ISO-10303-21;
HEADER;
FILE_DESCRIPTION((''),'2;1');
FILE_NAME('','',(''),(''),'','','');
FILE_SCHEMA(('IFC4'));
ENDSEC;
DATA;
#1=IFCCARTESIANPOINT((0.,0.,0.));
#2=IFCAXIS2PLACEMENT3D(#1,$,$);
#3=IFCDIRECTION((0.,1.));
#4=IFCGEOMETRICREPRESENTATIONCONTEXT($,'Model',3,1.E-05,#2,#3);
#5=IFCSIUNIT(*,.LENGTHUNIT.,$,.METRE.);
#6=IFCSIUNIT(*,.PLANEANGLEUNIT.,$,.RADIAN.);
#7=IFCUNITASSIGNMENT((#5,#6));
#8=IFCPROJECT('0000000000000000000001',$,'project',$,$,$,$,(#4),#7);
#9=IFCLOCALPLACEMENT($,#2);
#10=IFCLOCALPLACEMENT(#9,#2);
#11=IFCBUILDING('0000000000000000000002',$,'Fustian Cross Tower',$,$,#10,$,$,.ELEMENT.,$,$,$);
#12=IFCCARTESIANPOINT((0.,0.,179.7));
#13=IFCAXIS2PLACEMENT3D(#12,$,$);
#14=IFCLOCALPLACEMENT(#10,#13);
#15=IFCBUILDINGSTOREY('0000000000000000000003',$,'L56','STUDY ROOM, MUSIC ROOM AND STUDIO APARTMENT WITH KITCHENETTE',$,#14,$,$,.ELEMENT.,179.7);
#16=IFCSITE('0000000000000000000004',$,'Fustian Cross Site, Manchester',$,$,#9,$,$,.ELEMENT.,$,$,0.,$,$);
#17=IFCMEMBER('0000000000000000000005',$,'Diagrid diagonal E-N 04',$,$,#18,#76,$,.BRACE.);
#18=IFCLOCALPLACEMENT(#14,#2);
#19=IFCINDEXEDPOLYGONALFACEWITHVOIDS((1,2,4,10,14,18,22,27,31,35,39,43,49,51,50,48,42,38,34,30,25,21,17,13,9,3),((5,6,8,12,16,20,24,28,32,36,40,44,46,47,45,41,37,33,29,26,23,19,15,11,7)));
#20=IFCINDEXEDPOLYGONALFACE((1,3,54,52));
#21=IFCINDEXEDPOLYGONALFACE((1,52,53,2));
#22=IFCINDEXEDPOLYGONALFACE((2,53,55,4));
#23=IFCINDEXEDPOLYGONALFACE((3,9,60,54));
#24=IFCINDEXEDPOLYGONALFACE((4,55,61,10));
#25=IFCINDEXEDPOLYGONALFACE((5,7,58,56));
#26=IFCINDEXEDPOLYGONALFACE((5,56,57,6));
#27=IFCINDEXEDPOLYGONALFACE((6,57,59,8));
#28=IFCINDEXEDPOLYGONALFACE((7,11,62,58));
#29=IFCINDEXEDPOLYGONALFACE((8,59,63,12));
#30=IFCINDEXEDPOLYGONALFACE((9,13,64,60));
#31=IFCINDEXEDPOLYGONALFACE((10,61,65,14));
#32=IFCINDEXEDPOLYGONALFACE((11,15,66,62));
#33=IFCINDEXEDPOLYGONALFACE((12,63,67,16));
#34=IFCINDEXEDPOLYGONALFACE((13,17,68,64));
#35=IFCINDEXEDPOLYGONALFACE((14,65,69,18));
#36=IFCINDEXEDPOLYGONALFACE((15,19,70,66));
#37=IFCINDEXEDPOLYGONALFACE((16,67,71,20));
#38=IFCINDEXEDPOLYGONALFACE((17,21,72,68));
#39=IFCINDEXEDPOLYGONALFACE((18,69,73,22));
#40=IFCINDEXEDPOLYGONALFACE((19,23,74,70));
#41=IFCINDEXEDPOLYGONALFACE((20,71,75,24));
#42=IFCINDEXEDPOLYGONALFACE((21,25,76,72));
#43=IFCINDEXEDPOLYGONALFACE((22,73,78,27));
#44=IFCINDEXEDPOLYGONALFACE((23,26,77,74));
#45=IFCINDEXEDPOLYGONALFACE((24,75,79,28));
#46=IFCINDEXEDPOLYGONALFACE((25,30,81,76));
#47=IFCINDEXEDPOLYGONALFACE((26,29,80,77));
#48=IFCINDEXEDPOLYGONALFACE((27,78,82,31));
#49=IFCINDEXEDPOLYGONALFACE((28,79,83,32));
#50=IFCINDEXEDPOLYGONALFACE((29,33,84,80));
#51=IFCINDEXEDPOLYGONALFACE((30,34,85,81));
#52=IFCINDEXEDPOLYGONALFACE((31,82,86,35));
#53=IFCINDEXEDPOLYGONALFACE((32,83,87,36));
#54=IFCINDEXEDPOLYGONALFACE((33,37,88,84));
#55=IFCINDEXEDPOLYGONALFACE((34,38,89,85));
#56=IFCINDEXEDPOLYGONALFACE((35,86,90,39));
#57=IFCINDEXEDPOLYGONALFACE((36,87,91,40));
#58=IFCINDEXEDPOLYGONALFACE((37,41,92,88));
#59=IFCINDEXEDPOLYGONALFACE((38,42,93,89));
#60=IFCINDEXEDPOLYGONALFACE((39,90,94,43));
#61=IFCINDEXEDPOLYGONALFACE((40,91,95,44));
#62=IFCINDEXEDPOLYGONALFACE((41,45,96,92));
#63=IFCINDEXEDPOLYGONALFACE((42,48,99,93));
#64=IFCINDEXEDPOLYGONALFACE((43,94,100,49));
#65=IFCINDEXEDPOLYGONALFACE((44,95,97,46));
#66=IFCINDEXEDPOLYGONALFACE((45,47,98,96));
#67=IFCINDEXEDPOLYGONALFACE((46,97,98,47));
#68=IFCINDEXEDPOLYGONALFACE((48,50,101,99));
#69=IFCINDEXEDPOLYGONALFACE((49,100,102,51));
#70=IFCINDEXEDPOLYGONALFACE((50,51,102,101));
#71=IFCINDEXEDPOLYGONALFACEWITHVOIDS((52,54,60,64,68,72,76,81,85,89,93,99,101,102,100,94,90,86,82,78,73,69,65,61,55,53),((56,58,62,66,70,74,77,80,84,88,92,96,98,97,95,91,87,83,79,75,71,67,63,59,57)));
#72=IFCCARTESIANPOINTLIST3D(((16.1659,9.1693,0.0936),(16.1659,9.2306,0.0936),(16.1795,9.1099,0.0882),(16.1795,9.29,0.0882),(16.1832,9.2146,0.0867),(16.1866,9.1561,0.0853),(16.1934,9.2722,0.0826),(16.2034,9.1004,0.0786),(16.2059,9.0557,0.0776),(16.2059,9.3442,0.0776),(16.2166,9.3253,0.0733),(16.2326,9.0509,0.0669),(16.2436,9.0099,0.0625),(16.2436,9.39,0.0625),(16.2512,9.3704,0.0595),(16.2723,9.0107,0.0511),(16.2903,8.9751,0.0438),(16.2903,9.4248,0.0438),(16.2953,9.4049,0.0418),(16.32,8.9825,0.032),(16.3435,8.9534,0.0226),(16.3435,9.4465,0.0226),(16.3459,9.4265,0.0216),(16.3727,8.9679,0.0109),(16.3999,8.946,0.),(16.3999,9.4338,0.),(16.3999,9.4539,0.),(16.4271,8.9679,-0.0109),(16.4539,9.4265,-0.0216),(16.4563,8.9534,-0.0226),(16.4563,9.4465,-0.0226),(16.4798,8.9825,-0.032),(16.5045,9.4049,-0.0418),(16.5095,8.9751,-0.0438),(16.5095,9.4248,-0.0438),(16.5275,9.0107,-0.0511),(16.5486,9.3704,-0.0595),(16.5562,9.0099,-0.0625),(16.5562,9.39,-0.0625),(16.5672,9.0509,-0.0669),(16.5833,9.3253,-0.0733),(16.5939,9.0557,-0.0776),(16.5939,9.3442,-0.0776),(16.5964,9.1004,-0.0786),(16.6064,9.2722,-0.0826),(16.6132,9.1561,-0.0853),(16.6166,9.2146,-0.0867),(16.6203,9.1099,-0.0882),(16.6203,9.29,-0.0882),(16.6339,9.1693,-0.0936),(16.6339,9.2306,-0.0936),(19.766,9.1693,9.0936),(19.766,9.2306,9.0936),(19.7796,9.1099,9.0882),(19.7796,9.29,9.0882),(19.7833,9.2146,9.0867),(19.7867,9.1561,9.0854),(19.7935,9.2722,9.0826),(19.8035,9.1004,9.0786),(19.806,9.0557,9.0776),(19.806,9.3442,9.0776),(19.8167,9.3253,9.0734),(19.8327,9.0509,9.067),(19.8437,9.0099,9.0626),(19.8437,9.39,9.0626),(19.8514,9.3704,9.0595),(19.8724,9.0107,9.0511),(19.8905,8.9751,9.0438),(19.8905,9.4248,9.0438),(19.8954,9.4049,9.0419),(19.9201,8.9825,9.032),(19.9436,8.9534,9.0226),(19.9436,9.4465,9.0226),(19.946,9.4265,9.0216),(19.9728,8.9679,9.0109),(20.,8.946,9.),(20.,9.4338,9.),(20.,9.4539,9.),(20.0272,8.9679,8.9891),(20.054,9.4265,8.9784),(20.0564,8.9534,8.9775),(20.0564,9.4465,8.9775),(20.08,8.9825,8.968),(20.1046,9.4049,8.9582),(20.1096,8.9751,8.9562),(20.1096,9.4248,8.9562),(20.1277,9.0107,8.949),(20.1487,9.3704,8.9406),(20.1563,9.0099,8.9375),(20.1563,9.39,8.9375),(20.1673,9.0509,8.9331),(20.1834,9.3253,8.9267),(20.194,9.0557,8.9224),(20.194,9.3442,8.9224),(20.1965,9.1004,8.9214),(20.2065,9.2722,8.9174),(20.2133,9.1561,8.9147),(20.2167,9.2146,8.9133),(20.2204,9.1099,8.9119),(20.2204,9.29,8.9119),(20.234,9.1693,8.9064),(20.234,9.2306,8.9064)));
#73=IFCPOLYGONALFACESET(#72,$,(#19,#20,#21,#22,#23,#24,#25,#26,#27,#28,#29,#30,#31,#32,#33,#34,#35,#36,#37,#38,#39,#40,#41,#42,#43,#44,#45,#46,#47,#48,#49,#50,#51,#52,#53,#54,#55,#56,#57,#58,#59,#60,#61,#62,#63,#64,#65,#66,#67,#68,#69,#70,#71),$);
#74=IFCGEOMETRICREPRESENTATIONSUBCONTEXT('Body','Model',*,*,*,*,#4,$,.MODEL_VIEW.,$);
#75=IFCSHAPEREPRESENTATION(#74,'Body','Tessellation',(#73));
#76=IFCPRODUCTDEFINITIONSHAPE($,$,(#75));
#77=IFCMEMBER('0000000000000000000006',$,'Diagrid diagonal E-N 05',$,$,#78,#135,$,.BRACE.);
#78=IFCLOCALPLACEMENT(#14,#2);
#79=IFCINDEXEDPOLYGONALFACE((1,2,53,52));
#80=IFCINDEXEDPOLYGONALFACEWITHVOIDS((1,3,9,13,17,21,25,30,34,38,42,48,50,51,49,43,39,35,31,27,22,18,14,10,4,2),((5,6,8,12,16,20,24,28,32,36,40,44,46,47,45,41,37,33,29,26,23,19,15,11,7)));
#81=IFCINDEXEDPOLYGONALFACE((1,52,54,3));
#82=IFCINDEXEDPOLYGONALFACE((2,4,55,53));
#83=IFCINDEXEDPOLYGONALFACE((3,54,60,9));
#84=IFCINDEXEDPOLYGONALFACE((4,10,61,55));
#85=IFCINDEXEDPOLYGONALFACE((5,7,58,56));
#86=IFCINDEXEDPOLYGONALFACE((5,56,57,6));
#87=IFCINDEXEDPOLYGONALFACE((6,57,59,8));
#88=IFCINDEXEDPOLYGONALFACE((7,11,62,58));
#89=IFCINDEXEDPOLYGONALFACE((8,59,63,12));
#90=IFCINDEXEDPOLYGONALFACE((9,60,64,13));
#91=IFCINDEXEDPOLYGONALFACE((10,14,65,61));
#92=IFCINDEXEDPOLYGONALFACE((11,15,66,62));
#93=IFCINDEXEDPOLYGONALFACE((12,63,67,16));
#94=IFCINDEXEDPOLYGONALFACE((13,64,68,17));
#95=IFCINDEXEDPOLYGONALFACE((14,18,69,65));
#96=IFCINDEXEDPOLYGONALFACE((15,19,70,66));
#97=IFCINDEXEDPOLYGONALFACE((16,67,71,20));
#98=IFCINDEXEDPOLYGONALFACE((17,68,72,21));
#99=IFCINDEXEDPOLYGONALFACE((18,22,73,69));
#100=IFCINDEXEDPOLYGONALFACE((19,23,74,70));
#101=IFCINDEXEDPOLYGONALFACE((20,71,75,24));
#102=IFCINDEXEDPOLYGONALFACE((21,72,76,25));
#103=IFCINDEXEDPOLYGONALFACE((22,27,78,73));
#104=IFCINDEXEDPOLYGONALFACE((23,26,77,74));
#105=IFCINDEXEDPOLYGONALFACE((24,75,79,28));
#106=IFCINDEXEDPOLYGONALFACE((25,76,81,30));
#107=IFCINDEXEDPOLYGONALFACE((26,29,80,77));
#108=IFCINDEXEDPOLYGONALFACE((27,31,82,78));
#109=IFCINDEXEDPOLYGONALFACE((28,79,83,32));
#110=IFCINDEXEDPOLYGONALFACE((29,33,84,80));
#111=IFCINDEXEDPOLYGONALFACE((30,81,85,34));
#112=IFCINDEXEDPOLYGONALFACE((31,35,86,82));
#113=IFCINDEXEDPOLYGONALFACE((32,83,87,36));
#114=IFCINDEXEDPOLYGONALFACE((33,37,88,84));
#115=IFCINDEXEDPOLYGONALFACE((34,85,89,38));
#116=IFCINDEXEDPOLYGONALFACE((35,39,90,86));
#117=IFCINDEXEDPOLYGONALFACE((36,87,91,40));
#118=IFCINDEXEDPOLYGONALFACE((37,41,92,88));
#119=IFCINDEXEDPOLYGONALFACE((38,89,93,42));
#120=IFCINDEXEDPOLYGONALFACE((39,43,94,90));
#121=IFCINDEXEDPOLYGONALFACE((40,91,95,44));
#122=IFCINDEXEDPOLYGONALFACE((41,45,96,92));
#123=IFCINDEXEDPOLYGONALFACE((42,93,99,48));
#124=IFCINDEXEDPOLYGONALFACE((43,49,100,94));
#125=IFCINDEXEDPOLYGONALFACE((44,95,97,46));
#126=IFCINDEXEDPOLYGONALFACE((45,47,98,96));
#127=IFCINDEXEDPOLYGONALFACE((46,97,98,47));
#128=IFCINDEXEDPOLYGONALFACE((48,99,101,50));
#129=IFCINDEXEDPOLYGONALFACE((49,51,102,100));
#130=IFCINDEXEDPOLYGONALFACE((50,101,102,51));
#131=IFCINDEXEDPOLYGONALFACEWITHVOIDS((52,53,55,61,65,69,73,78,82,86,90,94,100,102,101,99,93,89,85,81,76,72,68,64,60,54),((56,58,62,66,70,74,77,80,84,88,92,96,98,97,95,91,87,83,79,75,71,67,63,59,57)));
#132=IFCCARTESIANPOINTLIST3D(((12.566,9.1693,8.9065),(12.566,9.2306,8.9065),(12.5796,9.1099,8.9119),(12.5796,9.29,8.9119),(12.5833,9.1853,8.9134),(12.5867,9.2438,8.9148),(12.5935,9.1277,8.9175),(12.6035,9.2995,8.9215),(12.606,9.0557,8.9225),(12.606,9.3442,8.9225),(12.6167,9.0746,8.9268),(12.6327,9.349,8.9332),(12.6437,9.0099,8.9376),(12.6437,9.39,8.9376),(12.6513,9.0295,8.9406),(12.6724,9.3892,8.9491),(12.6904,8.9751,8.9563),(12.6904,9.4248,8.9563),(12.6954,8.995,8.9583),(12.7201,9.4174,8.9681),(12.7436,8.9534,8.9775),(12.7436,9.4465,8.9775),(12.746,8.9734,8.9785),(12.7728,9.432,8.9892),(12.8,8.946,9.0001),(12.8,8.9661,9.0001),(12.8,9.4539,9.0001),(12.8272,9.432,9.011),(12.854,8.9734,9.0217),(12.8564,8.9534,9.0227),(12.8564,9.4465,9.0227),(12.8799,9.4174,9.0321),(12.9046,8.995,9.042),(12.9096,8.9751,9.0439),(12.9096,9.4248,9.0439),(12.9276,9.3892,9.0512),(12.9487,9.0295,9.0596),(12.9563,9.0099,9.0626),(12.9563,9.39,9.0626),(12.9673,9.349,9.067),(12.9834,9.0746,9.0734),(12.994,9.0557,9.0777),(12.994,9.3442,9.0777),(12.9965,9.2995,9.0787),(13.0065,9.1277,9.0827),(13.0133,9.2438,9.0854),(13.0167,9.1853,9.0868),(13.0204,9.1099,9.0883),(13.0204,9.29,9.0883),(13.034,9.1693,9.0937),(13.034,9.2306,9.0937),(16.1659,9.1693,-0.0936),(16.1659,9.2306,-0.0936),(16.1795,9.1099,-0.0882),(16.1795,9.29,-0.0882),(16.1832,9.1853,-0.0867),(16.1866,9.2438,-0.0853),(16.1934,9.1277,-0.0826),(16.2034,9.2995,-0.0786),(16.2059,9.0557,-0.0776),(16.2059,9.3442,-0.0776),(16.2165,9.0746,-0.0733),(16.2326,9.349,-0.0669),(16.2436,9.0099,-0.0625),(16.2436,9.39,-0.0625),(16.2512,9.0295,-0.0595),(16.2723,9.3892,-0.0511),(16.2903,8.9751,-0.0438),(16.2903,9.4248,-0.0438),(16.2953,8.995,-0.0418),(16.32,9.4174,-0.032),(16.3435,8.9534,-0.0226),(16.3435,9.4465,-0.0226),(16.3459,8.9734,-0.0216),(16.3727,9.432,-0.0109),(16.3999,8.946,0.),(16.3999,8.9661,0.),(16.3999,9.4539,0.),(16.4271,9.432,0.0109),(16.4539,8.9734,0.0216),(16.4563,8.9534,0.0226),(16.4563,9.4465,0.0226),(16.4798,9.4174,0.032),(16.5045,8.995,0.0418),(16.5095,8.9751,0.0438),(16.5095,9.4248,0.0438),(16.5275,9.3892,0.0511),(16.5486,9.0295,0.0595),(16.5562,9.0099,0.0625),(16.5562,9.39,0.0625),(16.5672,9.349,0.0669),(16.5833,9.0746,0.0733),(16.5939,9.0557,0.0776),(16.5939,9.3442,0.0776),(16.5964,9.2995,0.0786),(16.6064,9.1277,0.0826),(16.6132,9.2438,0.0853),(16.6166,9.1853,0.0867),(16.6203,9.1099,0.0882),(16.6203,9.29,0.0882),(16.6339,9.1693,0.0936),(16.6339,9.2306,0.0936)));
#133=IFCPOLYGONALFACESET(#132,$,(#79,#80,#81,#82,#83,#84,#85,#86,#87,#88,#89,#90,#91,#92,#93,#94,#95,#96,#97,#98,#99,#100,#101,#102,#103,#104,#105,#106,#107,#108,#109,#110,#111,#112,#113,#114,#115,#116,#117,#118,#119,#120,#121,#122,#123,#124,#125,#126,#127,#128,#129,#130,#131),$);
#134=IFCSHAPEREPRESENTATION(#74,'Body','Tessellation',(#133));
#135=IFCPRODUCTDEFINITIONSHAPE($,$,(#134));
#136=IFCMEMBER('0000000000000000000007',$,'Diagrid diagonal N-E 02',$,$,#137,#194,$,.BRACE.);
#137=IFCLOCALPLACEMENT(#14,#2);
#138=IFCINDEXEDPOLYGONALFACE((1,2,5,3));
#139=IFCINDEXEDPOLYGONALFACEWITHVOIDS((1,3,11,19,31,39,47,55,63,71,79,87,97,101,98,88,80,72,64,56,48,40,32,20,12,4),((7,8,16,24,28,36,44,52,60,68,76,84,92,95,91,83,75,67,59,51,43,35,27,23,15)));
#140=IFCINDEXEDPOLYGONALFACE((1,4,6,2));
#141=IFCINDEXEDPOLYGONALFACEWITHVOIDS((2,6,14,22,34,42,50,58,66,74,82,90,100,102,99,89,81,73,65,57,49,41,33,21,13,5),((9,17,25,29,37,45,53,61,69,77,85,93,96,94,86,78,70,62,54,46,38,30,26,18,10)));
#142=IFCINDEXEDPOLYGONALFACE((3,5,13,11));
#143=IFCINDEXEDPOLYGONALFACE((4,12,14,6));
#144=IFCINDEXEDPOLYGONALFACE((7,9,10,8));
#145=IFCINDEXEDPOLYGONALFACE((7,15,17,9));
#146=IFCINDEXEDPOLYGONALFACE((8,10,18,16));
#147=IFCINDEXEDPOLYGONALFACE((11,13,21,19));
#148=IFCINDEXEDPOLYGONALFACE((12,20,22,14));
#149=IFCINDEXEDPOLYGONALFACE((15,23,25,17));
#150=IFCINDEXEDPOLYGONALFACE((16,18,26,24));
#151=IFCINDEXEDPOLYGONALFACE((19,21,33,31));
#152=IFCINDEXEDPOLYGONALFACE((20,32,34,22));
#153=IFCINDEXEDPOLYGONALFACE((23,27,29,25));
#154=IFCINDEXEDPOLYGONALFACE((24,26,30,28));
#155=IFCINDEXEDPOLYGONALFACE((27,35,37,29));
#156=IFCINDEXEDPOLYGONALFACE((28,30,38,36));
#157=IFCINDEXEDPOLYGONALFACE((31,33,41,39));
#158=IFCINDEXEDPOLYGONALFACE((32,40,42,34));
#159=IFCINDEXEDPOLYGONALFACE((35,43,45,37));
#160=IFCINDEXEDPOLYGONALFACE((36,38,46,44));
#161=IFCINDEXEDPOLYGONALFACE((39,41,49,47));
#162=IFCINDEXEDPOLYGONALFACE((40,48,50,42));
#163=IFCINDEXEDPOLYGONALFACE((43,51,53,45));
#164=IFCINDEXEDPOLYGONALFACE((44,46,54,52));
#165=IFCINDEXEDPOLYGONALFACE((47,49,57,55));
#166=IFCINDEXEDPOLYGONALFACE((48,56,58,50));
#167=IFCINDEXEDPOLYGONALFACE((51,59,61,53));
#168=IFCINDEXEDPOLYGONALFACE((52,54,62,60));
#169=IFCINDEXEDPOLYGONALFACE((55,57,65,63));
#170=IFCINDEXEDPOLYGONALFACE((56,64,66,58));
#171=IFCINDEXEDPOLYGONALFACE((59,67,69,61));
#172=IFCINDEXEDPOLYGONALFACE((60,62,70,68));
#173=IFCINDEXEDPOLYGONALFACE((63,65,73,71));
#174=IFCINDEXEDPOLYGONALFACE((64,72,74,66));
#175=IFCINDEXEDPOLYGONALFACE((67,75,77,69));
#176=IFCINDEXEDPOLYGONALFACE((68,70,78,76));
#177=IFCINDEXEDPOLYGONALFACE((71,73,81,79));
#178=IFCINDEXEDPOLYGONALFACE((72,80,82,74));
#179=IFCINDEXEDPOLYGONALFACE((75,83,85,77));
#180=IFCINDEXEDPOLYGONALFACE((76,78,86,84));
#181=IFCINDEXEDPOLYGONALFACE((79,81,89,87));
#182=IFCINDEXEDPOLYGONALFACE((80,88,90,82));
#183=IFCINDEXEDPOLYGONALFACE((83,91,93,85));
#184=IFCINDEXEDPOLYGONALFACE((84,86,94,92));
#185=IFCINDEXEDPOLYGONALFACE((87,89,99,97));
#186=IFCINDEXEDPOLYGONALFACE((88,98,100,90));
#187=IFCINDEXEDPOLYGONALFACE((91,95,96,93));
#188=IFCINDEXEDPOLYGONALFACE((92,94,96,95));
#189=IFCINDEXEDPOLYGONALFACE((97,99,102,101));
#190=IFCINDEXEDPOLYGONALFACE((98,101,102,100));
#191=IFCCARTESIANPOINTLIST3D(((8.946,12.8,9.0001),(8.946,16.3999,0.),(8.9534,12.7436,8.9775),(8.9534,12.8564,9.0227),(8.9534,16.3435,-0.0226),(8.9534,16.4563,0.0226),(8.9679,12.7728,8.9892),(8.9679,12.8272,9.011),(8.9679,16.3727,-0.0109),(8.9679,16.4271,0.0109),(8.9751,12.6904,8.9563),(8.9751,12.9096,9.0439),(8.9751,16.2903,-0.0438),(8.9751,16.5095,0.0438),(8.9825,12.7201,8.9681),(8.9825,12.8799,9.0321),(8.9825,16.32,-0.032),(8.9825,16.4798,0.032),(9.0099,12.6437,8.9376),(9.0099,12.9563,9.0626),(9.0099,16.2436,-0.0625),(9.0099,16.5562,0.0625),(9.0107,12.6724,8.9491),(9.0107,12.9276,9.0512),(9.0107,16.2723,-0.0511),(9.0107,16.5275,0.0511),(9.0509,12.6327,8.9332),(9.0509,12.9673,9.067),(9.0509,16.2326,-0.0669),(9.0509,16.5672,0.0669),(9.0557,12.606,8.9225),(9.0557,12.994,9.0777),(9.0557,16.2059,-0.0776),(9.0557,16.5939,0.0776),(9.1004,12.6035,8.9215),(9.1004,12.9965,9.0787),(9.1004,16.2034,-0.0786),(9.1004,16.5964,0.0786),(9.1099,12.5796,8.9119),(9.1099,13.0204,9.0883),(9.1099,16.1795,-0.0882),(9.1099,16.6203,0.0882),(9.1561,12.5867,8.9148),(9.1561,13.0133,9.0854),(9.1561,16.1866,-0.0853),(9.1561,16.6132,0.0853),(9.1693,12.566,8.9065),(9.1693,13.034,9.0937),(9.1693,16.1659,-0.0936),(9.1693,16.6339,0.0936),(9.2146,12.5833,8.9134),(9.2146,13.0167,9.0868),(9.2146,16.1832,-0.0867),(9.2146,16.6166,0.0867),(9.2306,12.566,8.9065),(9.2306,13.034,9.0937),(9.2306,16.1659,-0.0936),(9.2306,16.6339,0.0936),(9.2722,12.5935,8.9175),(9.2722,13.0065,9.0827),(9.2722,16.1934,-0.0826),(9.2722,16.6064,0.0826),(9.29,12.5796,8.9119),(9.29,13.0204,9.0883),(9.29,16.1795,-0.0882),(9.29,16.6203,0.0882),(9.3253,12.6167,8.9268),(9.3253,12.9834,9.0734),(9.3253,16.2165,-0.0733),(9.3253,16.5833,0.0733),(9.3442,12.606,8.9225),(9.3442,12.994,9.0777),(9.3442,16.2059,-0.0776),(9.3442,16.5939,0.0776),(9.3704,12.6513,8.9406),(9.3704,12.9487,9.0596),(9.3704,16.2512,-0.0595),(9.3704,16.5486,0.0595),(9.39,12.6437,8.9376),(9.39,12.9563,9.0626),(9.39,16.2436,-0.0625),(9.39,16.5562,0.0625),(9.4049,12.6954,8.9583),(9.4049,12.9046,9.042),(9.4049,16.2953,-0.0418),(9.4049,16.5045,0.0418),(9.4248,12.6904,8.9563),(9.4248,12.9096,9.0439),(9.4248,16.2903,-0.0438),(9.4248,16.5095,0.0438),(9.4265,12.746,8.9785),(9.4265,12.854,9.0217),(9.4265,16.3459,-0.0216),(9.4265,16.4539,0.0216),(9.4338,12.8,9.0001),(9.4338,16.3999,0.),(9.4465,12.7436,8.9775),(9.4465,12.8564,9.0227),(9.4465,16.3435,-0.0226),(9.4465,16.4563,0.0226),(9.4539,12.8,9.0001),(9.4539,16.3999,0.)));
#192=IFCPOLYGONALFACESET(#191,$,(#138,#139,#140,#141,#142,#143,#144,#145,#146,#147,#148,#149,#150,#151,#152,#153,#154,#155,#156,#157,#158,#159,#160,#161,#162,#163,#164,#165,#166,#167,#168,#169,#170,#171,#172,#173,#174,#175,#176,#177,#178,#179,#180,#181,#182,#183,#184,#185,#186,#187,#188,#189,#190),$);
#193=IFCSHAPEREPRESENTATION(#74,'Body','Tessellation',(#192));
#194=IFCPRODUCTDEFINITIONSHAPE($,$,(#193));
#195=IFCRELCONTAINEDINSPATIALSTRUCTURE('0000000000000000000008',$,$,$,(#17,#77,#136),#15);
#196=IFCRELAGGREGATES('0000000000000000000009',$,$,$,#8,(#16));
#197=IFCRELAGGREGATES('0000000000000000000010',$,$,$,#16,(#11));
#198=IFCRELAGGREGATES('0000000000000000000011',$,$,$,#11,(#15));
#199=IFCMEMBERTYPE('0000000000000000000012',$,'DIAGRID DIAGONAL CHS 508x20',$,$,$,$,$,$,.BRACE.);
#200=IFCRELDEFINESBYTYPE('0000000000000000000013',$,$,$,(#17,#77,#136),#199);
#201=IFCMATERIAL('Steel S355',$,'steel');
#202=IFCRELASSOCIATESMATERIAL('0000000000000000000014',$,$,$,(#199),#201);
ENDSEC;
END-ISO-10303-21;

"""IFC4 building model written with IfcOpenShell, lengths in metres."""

from ifc_helpers import new_model, si_unit, direction, frame, origin, origin_2d, place, context, subcontext, project, spatial, hollow_circle, extrude, material, material_profile, profile_set, type_object, element, save


model = new_model("IFC4")

# Units and contexts
model_context = context("Model", 3, precision=1e-05, world=origin(), true_north=direction((0.0, 1.0)))
body_context = subcontext(model_context, "Body", "Model", "MODEL_VIEW")
ifc_project = project(units=[si_unit("LENGTHUNIT", "METRE"), si_unit("PLANEANGLEUNIT", "RADIAN")], contexts=[model_context])

# Site, building, storey
site_placement = place(None, origin())
site = spatial("IfcSite", under=ifc_project, at=site_placement, Name="Fustian Cross Site, Manchester", CompositionType="ELEMENT", RefElevation=0.0)
building_placement = place(site_placement, origin())
building = spatial("IfcBuilding", under=site, at=building_placement, Name="Fustian Cross Tower", CompositionType="ELEMENT")
storey_placement = place(building_placement, frame((0.0, 0.0, 179.7)))
storey = spatial("IfcBuildingStorey", under=building, at=storey_placement, Name="L56", Description="STUDY ROOM, MUSIC ROOM AND STUDIO APARTMENT WITH KITCHENETTE", CompositionType="ELEMENT", Elevation=179.7)

# Members
ifc_material_1 = material(Name="Steel S355", Category="steel")
ifc_material_profile_1 = material_profile(ifc_material_1, hollow_circle(Radius=0.2539, WallThickness=0.02, at=origin_2d()), Name="CHS 508x20")
ifc_profile_set_1 = profile_set([ifc_material_profile_1], Name="Steel S355")
member_type_1 = type_object("IfcMemberType", Name="DIAGRID DIAGONAL CHS 508x20", PredefinedType="BRACE", material=ifc_profile_set_1)
for number, where, z_axis, x_axis, name in (
    (1, (16.3999, 9.2, 0.0), (0.371399, 0.0, 0.928473), (0.0, 1.0, 0.0), "Diagrid diagonal E-N 04"),
    (2, (16.3999, 9.2, 0.0), (-0.371378, 0.0, 0.928482), (0.0, -1.0, 0.0), "Diagrid diagonal E-N 05"),
    (3, (9.2, 16.3999, 0.0), (0.0, -0.371378, 0.928482), (1.0, 0.0, 0.0), "Diagrid diagonal N-E 02"),
):
    element("IfcMember", number, at=place(storey_placement, frame(where, z_axis=z_axis, x_axis=x_axis)), inside=storey, type_object=member_type_1, Name=name, PredefinedType="BRACE", context=body_context, shape_type="SweptSolid", body=[
        extrude(hollow_circle(Radius=0.2539, WallThickness=0.02, at=origin_2d()), origin(), (0.0, 0.0, 1.0), 9.6934),
    ])

save(model, "model.ifc")
